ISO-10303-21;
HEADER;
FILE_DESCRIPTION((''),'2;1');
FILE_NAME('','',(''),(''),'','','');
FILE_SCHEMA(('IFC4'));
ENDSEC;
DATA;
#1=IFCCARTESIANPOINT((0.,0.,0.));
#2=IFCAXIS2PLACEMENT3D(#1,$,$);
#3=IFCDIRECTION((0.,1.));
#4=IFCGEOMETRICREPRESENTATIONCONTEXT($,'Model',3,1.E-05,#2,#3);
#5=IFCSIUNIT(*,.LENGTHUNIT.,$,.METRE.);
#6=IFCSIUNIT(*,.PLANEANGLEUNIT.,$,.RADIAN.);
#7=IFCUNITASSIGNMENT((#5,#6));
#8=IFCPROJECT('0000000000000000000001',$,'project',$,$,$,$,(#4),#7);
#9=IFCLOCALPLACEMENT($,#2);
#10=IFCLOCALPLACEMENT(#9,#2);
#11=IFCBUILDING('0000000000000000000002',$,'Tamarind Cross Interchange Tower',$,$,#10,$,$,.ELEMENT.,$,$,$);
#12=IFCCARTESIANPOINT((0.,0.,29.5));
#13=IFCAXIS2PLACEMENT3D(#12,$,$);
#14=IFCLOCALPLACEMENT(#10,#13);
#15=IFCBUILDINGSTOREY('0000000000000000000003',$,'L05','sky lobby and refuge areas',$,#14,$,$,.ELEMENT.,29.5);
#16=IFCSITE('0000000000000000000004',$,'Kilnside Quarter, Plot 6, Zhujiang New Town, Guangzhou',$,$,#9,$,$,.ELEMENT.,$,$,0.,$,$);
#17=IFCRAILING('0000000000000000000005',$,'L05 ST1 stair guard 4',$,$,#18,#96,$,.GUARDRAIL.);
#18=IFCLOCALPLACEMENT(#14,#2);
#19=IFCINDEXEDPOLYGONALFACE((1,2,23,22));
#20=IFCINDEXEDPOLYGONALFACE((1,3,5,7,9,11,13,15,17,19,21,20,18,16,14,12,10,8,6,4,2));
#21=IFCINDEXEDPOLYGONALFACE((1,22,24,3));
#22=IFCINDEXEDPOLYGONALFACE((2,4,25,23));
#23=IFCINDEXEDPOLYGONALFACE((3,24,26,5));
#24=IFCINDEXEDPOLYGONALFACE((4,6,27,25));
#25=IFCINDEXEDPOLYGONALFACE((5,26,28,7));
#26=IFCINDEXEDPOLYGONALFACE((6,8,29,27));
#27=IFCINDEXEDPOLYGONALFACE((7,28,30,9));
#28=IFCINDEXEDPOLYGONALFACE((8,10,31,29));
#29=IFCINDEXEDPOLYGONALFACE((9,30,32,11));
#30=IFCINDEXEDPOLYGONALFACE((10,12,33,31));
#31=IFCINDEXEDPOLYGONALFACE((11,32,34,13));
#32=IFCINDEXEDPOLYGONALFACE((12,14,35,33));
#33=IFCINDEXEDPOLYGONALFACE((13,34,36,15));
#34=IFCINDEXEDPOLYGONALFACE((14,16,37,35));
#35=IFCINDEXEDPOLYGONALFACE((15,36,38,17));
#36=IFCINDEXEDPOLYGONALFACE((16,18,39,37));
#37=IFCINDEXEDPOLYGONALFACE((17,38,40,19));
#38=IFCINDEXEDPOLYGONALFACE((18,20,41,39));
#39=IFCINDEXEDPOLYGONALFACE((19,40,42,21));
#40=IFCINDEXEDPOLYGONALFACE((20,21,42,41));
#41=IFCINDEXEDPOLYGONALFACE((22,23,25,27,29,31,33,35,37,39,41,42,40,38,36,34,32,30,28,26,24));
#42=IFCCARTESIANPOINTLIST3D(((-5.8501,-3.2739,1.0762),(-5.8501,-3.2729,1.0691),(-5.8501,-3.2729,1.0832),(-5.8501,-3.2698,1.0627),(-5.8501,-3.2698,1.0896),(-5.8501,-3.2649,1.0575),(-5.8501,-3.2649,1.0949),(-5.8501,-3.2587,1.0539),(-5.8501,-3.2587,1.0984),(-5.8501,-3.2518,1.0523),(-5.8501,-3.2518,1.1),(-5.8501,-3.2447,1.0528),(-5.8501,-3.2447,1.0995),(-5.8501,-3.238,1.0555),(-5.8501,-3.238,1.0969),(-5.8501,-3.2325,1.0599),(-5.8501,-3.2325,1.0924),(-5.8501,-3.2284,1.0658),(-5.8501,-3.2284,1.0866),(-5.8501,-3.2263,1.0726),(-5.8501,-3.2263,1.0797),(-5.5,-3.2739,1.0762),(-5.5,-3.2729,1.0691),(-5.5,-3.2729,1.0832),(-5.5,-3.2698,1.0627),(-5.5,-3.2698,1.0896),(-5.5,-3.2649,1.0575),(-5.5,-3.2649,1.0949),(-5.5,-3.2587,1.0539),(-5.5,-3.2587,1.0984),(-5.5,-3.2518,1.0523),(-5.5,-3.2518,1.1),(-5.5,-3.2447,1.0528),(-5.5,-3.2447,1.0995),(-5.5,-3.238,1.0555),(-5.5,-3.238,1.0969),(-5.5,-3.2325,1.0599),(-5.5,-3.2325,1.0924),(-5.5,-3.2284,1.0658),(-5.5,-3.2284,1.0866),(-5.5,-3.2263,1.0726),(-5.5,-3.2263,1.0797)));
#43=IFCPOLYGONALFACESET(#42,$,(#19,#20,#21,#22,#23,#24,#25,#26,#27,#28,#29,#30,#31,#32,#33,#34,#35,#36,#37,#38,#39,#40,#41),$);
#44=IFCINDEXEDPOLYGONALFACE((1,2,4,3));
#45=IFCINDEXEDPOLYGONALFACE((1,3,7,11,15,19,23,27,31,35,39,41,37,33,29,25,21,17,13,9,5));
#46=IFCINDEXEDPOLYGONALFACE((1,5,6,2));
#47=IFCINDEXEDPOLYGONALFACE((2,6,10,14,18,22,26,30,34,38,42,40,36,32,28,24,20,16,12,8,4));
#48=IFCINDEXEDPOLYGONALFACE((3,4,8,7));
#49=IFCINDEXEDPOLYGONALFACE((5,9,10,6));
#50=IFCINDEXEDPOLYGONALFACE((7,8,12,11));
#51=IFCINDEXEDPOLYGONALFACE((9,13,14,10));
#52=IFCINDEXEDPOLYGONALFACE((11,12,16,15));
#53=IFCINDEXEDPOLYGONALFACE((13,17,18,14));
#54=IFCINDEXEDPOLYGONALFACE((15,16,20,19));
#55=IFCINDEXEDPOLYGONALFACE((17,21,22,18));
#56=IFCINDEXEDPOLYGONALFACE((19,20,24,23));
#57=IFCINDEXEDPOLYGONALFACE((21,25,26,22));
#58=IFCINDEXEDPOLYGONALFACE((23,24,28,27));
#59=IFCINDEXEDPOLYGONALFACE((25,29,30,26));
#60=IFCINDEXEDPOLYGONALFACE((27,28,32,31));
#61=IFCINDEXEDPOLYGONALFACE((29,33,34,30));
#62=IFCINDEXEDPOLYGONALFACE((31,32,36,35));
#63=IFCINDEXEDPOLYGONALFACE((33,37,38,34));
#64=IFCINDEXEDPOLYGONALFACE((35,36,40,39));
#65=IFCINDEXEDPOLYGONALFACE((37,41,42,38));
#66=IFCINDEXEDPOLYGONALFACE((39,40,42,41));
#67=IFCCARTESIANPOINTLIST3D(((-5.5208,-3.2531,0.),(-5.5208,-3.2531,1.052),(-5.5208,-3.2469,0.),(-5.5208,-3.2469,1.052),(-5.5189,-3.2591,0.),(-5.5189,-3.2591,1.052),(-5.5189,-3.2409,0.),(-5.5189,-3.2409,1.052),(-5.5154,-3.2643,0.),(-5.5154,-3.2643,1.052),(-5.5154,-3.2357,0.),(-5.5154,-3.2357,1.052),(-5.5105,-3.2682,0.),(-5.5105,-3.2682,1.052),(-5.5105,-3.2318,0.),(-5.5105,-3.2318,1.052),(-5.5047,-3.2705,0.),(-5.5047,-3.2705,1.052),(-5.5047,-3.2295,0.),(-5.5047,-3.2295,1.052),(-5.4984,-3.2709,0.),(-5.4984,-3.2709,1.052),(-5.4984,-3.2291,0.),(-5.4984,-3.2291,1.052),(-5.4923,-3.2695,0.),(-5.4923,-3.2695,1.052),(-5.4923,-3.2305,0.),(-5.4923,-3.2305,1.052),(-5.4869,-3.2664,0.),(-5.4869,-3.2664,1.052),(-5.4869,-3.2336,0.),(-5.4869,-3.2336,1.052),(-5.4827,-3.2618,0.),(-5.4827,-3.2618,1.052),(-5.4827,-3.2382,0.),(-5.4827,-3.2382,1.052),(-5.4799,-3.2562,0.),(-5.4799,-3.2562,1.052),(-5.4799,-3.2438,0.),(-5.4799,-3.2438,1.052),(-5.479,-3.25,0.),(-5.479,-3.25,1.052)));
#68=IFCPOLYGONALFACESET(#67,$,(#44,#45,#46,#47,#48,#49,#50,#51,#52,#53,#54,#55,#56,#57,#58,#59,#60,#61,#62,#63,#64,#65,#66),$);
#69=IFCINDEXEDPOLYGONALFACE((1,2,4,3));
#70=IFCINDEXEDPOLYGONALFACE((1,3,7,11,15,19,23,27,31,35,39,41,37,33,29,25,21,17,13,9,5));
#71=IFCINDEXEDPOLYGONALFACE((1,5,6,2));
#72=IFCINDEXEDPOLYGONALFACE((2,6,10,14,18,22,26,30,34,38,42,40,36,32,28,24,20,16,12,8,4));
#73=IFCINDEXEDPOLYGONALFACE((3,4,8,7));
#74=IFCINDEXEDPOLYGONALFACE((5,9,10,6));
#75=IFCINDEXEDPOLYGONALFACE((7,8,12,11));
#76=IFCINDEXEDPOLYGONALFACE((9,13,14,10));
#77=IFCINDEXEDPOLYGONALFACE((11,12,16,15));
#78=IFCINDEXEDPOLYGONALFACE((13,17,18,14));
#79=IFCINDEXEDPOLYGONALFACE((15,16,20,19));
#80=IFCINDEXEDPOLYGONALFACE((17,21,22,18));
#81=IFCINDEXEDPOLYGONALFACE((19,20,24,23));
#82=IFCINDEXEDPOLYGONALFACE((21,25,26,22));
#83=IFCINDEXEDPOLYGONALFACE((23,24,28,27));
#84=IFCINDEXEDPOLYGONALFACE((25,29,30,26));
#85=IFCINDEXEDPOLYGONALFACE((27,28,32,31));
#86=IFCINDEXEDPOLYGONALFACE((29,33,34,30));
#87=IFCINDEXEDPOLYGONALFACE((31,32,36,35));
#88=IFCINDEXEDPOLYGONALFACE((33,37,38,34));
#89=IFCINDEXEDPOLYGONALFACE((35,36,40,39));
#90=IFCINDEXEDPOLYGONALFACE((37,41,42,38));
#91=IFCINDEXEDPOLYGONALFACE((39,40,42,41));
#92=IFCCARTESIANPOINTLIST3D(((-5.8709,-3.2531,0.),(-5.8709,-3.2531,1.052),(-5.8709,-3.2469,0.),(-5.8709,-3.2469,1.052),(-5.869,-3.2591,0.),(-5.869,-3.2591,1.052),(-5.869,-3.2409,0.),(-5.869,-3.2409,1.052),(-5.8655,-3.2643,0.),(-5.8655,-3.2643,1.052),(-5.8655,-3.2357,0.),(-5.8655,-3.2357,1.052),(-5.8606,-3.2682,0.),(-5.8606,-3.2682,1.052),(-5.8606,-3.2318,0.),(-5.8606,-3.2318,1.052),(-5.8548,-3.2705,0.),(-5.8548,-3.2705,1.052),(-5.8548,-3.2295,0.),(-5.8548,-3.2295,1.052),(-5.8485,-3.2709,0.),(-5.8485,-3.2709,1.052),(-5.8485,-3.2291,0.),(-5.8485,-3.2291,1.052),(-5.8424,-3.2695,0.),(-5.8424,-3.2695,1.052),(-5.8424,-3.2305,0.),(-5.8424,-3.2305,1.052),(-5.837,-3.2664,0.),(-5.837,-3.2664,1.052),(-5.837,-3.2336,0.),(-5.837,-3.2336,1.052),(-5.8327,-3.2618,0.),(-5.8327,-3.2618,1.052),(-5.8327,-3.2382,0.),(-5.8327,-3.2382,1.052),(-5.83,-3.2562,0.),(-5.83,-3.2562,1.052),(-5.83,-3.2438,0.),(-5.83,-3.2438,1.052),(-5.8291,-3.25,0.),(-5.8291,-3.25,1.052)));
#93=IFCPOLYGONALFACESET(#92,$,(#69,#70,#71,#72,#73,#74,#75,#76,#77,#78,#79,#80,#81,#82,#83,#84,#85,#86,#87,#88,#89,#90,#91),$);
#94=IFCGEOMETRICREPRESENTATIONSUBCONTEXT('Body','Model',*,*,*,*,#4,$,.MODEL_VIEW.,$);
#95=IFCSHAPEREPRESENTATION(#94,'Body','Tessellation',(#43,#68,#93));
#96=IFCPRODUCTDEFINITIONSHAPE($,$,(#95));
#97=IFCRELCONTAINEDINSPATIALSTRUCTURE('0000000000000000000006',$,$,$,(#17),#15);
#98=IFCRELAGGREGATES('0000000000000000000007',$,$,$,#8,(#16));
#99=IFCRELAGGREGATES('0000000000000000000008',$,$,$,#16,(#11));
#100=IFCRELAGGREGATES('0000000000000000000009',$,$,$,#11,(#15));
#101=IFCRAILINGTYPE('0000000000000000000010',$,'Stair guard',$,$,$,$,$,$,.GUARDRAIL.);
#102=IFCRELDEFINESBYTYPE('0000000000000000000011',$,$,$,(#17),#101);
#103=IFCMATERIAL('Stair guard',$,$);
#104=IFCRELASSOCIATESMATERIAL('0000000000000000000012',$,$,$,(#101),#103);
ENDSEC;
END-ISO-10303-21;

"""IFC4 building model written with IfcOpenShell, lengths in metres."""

from ifc_helpers import new_model, si_unit, direction, frame, origin, origin_2d, place, context, subcontext, project, spatial, circle, extrude, material, type_object, element, save


model = new_model("IFC4")

# Units and contexts
model_context = context("Model", 3, precision=1e-05, world=origin(), true_north=direction((0.0, 1.0)))
body_context = subcontext(model_context, "Body", "Model", "MODEL_VIEW")
ifc_project = project(units=[si_unit("LENGTHUNIT", "METRE"), si_unit("PLANEANGLEUNIT", "RADIAN")], contexts=[model_context])

# Site, building, storey
site_placement = place(None, origin())
site = spatial("IfcSite", under=ifc_project, at=site_placement, Name="Kilnside Quarter, Plot 6, Zhujiang New Town, Guangzhou", CompositionType="ELEMENT", RefElevation=0.0)
building_placement = place(site_placement, origin())
building = spatial("IfcBuilding", under=site, at=building_placement, Name="Tamarind Cross Interchange Tower", CompositionType="ELEMENT")
storey_placement = place(building_placement, frame((0.0, 0.0, 29.5)))
storey = spatial("IfcBuildingStorey", under=building, at=storey_placement, Name="L05", Description="sky lobby and refuge areas", CompositionType="ELEMENT", Elevation=29.5)

# Railing
ifc_material_1 = material(Name="Stair guard")
railing_type_1 = type_object("IfcRailingType", Name="Stair guard", PredefinedType="GUARDRAIL", material=ifc_material_1)
railing_1_placement = place(storey_placement, frame((-5.5, -3.25, 0.0)))
element("IfcRailing", 1, at=railing_1_placement, inside=storey, type_object=railing_type_1, Name="L05 ST1 stair guard 4", PredefinedType="GUARDRAIL", context=body_context, shape_type="SweptSolid", body=[
    extrude(circle(Radius=0.0239, at=origin_2d()), frame((0.0, 0.0, 1.0762), z_axis=(-1.0, 0.0, 0.0), x_axis=(0.0, -1.0, 0.0)), (0.0, 0.0, 1.0), 0.3501),
    extrude(circle(Radius=0.021, at=origin_2d()), origin(), (0.0, 0.0, 1.0), 1.052),
    extrude(circle(Radius=0.021, at=origin_2d()), frame((-0.3501, 0.0, 0.0)), (0.0, 0.0, 1.0), 1.052),
])

save(model, "model.ifc")
